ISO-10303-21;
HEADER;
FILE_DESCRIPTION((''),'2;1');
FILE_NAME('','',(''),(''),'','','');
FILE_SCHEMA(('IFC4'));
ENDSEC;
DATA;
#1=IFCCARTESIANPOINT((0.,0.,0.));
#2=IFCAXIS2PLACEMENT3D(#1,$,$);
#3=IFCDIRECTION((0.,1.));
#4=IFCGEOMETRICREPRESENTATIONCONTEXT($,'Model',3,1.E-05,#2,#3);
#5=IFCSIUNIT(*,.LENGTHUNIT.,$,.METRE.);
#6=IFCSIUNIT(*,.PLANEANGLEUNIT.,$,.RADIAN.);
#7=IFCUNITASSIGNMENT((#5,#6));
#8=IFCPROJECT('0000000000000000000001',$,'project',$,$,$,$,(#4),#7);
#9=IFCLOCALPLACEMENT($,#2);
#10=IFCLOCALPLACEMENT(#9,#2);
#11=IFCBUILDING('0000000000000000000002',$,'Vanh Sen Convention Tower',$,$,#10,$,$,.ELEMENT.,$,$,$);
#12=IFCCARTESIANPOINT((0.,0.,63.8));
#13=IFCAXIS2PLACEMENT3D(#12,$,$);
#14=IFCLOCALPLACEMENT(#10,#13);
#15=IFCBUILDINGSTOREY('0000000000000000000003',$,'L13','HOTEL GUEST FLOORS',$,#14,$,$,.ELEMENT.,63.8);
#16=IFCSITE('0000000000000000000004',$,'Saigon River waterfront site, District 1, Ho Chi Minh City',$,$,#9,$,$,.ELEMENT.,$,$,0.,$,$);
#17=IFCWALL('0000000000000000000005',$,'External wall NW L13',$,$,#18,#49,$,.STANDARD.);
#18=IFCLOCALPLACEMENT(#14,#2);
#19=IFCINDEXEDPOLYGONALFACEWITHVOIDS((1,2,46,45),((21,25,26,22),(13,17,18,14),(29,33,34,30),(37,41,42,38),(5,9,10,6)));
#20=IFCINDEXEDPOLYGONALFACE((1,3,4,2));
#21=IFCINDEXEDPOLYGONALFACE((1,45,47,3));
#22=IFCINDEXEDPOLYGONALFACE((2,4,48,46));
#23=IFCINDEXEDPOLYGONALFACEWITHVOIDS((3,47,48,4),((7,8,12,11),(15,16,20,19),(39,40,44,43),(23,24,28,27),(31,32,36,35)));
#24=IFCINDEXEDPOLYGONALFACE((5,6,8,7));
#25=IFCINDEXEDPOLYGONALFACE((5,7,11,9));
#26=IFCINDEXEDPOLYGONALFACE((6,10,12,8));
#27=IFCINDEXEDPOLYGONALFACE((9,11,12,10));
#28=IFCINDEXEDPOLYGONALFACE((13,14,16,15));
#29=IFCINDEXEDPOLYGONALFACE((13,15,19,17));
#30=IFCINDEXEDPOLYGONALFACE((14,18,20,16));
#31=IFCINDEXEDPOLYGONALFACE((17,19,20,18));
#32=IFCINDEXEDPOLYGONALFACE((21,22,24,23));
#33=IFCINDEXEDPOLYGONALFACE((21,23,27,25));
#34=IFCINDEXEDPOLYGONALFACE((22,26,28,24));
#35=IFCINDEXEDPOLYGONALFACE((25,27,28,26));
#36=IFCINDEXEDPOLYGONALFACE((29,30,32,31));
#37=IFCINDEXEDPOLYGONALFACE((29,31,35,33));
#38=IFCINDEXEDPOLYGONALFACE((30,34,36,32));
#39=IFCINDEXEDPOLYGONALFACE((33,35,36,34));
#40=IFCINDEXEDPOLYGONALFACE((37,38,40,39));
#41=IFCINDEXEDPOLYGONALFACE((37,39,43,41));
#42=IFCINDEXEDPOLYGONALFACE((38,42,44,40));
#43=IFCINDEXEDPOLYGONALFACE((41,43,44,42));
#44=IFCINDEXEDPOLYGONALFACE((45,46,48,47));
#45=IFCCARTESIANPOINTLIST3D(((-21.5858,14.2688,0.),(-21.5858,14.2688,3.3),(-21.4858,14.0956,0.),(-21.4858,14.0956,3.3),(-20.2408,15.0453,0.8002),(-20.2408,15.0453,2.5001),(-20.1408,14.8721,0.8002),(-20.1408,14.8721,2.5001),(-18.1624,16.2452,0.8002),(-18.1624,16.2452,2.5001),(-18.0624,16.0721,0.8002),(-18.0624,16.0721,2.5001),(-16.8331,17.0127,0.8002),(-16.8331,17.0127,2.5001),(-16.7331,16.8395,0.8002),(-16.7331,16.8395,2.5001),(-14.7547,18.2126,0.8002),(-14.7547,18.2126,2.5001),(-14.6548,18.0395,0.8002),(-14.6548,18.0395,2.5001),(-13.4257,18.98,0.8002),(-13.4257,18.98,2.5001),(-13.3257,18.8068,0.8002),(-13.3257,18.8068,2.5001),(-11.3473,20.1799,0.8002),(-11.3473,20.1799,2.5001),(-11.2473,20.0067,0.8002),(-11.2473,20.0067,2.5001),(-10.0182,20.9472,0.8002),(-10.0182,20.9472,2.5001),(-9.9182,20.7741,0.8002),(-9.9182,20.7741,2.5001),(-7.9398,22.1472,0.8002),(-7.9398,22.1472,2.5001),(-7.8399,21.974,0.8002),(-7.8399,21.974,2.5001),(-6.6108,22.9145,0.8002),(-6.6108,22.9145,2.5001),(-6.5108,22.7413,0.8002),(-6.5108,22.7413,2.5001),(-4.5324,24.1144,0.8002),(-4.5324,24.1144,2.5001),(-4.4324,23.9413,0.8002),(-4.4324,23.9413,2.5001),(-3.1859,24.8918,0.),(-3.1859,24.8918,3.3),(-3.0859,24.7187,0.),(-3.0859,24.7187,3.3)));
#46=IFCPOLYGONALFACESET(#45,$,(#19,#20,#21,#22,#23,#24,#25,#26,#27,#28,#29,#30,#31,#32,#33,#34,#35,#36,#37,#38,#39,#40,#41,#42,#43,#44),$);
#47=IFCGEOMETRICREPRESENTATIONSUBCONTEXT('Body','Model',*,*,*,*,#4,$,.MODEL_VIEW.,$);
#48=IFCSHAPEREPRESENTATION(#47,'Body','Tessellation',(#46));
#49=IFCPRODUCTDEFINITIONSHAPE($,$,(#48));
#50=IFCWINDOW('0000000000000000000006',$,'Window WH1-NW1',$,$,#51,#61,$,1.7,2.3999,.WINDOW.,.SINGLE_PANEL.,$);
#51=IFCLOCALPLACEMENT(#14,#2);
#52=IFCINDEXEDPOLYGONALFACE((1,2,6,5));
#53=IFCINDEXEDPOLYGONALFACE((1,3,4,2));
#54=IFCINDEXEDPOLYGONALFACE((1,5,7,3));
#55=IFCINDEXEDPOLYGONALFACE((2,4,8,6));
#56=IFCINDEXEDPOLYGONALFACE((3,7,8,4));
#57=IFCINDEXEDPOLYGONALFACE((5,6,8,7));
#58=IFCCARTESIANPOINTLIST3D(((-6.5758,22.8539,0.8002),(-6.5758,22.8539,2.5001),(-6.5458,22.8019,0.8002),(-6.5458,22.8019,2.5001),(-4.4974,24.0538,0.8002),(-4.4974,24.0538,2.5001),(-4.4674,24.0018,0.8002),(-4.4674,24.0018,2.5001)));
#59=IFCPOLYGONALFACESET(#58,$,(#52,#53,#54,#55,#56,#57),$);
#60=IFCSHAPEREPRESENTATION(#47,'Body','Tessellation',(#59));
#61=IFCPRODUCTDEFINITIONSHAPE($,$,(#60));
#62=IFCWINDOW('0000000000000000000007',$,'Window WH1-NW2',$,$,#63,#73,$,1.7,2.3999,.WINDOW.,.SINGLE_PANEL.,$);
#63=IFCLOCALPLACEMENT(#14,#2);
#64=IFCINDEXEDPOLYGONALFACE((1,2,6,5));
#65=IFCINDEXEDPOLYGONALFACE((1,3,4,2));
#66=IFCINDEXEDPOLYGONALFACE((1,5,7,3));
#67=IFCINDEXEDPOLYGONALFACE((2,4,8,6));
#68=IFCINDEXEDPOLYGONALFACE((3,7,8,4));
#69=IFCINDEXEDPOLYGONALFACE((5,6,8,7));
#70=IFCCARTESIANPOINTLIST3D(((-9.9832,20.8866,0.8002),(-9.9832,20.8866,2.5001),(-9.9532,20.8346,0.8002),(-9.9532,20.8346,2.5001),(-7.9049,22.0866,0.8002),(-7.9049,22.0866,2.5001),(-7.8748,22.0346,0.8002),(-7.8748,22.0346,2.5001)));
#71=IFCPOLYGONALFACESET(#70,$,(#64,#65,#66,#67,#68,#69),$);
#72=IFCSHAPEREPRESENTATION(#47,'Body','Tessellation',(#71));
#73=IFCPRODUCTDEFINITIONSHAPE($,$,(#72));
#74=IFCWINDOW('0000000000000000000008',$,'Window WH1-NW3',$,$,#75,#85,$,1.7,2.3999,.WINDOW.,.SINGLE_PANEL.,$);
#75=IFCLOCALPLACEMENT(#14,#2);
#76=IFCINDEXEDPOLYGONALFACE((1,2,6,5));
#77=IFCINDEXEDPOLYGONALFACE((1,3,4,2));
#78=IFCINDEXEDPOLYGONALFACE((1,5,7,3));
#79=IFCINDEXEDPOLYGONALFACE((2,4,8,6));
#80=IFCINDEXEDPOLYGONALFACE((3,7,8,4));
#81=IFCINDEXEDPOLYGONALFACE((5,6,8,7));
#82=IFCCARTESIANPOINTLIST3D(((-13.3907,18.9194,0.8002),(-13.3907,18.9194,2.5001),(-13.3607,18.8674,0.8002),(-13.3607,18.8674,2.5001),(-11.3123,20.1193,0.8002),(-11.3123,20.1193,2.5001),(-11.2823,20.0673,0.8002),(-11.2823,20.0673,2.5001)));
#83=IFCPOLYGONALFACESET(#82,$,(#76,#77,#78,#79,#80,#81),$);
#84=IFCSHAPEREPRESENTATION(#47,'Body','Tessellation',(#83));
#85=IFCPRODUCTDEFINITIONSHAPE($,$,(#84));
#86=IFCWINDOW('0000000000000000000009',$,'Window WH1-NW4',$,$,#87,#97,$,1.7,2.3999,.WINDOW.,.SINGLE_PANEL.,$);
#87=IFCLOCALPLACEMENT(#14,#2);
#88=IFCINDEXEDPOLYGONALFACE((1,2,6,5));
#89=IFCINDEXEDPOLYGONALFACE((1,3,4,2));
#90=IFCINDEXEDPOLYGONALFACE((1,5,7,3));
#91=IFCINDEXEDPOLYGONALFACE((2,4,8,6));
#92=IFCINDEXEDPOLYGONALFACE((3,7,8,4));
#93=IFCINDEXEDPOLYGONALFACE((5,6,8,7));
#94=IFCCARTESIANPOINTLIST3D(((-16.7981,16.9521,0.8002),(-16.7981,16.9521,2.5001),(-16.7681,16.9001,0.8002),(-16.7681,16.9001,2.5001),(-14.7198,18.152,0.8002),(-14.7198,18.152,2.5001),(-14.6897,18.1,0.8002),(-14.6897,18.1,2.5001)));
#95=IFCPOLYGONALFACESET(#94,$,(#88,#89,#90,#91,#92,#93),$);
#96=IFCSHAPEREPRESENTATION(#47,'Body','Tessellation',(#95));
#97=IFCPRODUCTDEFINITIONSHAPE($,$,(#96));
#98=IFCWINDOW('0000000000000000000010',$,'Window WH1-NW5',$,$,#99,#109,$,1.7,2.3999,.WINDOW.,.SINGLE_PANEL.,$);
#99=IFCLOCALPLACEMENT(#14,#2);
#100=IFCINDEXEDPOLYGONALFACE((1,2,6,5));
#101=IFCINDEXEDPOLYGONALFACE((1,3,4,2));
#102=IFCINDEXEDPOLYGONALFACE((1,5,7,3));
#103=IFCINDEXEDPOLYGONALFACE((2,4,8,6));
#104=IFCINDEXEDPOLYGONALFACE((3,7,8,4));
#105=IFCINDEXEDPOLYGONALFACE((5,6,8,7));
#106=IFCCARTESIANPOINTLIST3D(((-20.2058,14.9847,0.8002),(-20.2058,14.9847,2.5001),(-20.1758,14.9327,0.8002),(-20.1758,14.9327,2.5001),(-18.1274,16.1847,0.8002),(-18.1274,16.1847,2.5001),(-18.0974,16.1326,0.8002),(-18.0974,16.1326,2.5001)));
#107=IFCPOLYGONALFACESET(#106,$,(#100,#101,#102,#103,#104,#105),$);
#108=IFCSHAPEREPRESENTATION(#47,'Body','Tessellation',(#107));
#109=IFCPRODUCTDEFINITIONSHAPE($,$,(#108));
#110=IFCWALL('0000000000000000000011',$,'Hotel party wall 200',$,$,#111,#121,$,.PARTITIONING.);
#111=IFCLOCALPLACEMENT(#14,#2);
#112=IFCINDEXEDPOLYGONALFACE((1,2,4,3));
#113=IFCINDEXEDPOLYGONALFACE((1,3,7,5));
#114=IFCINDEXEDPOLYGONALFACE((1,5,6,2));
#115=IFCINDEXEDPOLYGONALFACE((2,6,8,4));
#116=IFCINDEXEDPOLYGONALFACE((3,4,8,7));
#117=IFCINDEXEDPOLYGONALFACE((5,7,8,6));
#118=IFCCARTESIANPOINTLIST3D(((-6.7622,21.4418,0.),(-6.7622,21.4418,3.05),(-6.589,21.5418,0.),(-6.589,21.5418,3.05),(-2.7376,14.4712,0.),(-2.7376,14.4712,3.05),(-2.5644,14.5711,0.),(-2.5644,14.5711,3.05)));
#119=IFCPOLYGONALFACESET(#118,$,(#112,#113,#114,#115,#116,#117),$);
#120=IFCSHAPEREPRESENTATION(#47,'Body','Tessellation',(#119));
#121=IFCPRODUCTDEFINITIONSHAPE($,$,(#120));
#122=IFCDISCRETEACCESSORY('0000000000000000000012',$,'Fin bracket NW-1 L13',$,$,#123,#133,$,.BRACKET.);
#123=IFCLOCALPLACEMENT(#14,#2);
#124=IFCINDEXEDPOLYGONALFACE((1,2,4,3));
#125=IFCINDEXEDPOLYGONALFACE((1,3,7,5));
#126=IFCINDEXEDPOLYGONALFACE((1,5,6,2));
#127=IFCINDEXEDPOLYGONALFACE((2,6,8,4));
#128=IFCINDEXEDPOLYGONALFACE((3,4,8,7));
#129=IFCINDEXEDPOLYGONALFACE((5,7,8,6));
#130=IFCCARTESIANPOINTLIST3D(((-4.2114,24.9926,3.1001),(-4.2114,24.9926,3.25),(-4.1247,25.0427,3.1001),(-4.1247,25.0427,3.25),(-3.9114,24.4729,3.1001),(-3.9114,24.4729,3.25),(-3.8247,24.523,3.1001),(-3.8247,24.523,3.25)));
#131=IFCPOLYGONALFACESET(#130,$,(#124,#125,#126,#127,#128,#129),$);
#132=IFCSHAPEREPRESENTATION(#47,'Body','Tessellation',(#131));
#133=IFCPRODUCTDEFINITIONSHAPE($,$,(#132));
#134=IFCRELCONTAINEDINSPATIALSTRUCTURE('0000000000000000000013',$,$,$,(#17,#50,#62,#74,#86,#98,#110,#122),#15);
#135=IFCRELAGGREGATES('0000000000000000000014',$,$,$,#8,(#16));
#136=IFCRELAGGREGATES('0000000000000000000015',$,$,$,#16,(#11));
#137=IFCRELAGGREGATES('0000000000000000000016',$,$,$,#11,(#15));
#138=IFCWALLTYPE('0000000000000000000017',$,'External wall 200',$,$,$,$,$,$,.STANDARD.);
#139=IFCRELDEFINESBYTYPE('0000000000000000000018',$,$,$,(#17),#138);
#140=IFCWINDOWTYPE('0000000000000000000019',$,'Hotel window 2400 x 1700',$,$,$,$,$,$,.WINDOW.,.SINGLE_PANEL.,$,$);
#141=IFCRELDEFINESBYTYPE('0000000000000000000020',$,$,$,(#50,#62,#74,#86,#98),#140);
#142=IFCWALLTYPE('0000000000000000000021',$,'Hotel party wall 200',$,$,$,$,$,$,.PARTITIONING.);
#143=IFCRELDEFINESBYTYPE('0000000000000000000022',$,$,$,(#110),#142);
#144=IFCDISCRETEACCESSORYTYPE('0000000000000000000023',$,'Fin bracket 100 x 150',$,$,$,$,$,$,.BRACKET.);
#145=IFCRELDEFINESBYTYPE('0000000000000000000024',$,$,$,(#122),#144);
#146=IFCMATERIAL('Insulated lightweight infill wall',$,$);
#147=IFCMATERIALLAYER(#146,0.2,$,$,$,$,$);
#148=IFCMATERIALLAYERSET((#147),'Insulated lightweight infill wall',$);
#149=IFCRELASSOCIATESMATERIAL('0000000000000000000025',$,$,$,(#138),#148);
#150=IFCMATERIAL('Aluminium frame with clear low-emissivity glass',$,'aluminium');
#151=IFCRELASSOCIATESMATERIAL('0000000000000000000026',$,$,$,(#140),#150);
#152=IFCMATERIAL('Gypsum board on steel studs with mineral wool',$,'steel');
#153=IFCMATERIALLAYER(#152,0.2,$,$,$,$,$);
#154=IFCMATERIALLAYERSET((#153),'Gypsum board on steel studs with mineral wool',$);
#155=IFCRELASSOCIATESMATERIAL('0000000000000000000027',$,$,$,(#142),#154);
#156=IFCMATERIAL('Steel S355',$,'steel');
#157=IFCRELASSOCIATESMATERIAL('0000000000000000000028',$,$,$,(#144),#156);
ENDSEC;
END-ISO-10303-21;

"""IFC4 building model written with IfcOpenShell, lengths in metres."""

from ifc_helpers import new_model, si_unit, direction, frame, frame_2d, origin, origin_2d, place, context, subcontext, project, spatial, rectangle, extrude, material, layer, layer_set, type_object, element, fill, save


model = new_model("IFC4")

# Units and contexts
model_context = context("Model", 3, precision=1e-05, world=origin(), true_north=direction((0.0, 1.0)))
body_context = subcontext(model_context, "Body", "Model", "MODEL_VIEW")
ifc_project = project(units=[si_unit("LENGTHUNIT", "METRE"), si_unit("PLANEANGLEUNIT", "RADIAN")], contexts=[model_context])

# Site, building, storey
site_placement = place(None, origin())
site = spatial("IfcSite", under=ifc_project, at=site_placement, Name="Saigon River waterfront site, District 1, Ho Chi Minh City", CompositionType="ELEMENT", RefElevation=0.0)
building_placement = place(site_placement, origin())
building = spatial("IfcBuilding", under=site, at=building_placement, Name="Vanh Sen Convention Tower", CompositionType="ELEMENT")
storey_placement = place(building_placement, frame((0.0, 0.0, 63.8)))
storey = spatial("IfcBuildingStorey", under=building, at=storey_placement, Name="L13", Description="HOTEL GUEST FLOORS", CompositionType="ELEMENT", Elevation=63.8)

# Shared definitions
ifc_material_1 = material(Name="Gypsum board on steel studs with mineral wool", Category="steel")

# Wall, openings, windows
ifc_material_2 = material(Name="Insulated lightweight infill wall")
ifc_layer_1 = layer(ifc_material_2, 0.2)
ifc_layer_set_1 = layer_set([ifc_layer_1], Name="Insulated lightweight infill wall")
wall_type_1 = type_object("IfcWallType", Name="External wall 200", PredefinedType="STANDARD", material=ifc_layer_set_1)
wall_1_placement = place(storey_placement, frame((-3.136, 24.8052, 0.0), z_axis=(0.0, 0.0, 1.0), x_axis=(-0.866028, -0.499995, 0.0)))
wall_1 = element("IfcWall", 1, at=wall_1_placement, inside=storey, type_object=wall_type_1, Name="External wall NW L13", PredefinedType="STANDARD", context=body_context, shape_type="SweptSolid", body=[
    extrude(rectangle(XDim=21.2463, YDim=0.2, at=frame_2d((10.623, 0.0))), origin(), (0.0, 0.0, 1.0), 3.3),
])
opening_1_placement = place(wall_1_placement, frame((1.5547, 0.0, 0.8)))
opening_1 = element("IfcOpeningElement", 2, at=opening_1_placement, cuts=wall_1, PredefinedType="OPENING", context=body_context, shape_type="SweptSolid", body=[
    extrude(rectangle(XDim=2.3999, YDim=1.7, at=frame_2d((1.2, 0.8501))), frame((0.0, 0.1099, 0.0), z_axis=(0.0, -1.0, 0.0), x_axis=(1.0, 0.0, 0.0)), (0.0, 0.0, 1.0), 0.22),
])
opening_2_placement = place(wall_1_placement, frame((5.4893, 0.0, 0.8)))
opening_2 = element("IfcOpeningElement", 3, at=opening_2_placement, cuts=wall_1, PredefinedType="OPENING", context=body_context, shape_type="SweptSolid", body=[
    extrude(rectangle(XDim=2.3999, YDim=1.7, at=frame_2d((1.2, 0.8501))), frame((0.0, 0.1099, 0.0), z_axis=(0.0, -1.0, 0.0), x_axis=(1.0, 0.0, 0.0)), (0.0, 0.0, 1.0), 0.22),
])
opening_3_placement = place(wall_1_placement, frame((9.4238, 0.0, 0.8)))
opening_3 = element("IfcOpeningElement", 4, at=opening_3_placement, cuts=wall_1, PredefinedType="OPENING", context=body_context, shape_type="SweptSolid", body=[
    extrude(rectangle(XDim=2.3999, YDim=1.7, at=frame_2d((1.2, 0.8501))), frame((0.0, 0.1099, 0.0), z_axis=(0.0, -1.0, 0.0), x_axis=(1.0, 0.0, 0.0)), (0.0, 0.0, 1.0), 0.22),
])
opening_4_placement = place(wall_1_placement, frame((13.3584, 0.0, 0.8)))
opening_4 = element("IfcOpeningElement", 5, at=opening_4_placement, cuts=wall_1, PredefinedType="OPENING", context=body_context, shape_type="SweptSolid", body=[
    extrude(rectangle(XDim=2.3999, YDim=1.7, at=frame_2d((1.2, 0.8501))), frame((0.0, 0.1099, 0.0), z_axis=(0.0, -1.0, 0.0), x_axis=(1.0, 0.0, 0.0)), (0.0, 0.0, 1.0), 0.22),
])
opening_5_placement = place(wall_1_placement, frame((17.2932, 0.0, 0.8)))
opening_5 = element("IfcOpeningElement", 6, at=opening_5_placement, cuts=wall_1, PredefinedType="OPENING", context=body_context, shape_type="SweptSolid", body=[
    extrude(rectangle(XDim=2.3999, YDim=1.7, at=frame_2d((1.2, 0.8501))), frame((0.0, 0.1099, 0.0), z_axis=(0.0, -1.0, 0.0), x_axis=(1.0, 0.0, 0.0)), (0.0, 0.0, 1.0), 0.22),
])
ifc_material_3 = material(Name="Aluminium frame with clear low-emissivity glass", Category="aluminium")
window_type = type_object("IfcWindowType", Name="Hotel window 2400 x 1700", PartitioningType="SINGLE_PANEL", PredefinedType="WINDOW", material=ifc_material_3)
window_1_placement = place(opening_1_placement, origin())
window_1 = element("IfcWindow", 7, at=window_1_placement, inside=storey, type_object=window_type, Name="Window WH1-NW1", OverallHeight=1.7, OverallWidth=2.3999, PartitioningType="SINGLE_PANEL", PredefinedType="WINDOW", context=body_context, shape_type="SweptSolid", body=[
    extrude(rectangle(XDim=2.3999, YDim=1.7, at=frame_2d((1.2, 0.8501))), frame((0.0, 0.03, 0.0), z_axis=(0.0, -1.0, 0.0), x_axis=(1.0, 0.0, 0.0)), (0.0, 0.0, 1.0), 0.0601),
])
fill(opening_1, window_1)
window_2_placement = place(opening_2_placement, origin())
window_2 = element("IfcWindow", 8, at=window_2_placement, inside=storey, type_object=window_type, Name="Window WH1-NW2", OverallHeight=1.7, OverallWidth=2.3999, PartitioningType="SINGLE_PANEL", PredefinedType="WINDOW", context=body_context, shape_type="SweptSolid", body=[
    extrude(rectangle(XDim=2.3999, YDim=1.7, at=frame_2d((1.2, 0.8501))), frame((0.0, 0.03, 0.0), z_axis=(0.0, -1.0, 0.0), x_axis=(1.0, 0.0, 0.0)), (0.0, 0.0, 1.0), 0.0601),
])
fill(opening_2, window_2)
window_3_placement = place(opening_3_placement, origin())
window_3 = element("IfcWindow", 9, at=window_3_placement, inside=storey, type_object=window_type, Name="Window WH1-NW3", OverallHeight=1.7, OverallWidth=2.3999, PartitioningType="SINGLE_PANEL", PredefinedType="WINDOW", context=body_context, shape_type="SweptSolid", body=[
    extrude(rectangle(XDim=2.3999, YDim=1.7, at=frame_2d((1.2, 0.8501))), frame((0.0, 0.03, 0.0), z_axis=(0.0, -1.0, 0.0), x_axis=(1.0, 0.0, 0.0)), (0.0, 0.0, 1.0), 0.0601),
])
fill(opening_3, window_3)
window_4_placement = place(opening_4_placement, origin())
window_4 = element("IfcWindow", 10, at=window_4_placement, inside=storey, type_object=window_type, Name="Window WH1-NW4", OverallHeight=1.7, OverallWidth=2.3999, PartitioningType="SINGLE_PANEL", PredefinedType="WINDOW", context=body_context, shape_type="SweptSolid", body=[
    extrude(rectangle(XDim=2.3999, YDim=1.7, at=frame_2d((1.2, 0.8501))), frame((0.0, 0.03, 0.0), z_axis=(0.0, -1.0, 0.0), x_axis=(1.0, 0.0, 0.0)), (0.0, 0.0, 1.0), 0.0601),
])
fill(opening_4, window_4)
window_5_placement = place(opening_5_placement, origin())
window_5 = element("IfcWindow", 11, at=window_5_placement, inside=storey, type_object=window_type, Name="Window WH1-NW5", OverallHeight=1.7, OverallWidth=2.3999, PartitioningType="SINGLE_PANEL", PredefinedType="WINDOW", context=body_context, shape_type="SweptSolid", body=[
    extrude(rectangle(XDim=2.3999, YDim=1.7, at=frame_2d((1.2, 0.8501))), frame((0.0, 0.03, 0.0), z_axis=(0.0, -1.0, 0.0), x_axis=(1.0, 0.0, 0.0)), (0.0, 0.0, 1.0), 0.0601),
])
fill(opening_5, window_5)

# Wall
ifc_layer_2 = layer(ifc_material_1, 0.2)
ifc_layer_set_2 = layer_set([ifc_layer_2], Name="Gypsum board on steel studs with mineral wool")
wall_type_2 = type_object("IfcWallType", Name="Hotel party wall 200", PredefinedType="PARTITIONING", material=ifc_layer_set_2)
wall_2_placement = place(storey_placement, frame((-6.6755, 21.4917, 0.0), z_axis=(0.0, 0.0, 1.0), x_axis=(0.500011, -0.866019, 0.0)))
element("IfcWall", 12, at=wall_2_placement, inside=storey, type_object=wall_type_2, Name="Hotel party wall 200", PredefinedType="PARTITIONING", context=body_context, shape_type="SweptSolid", body=[
    extrude(rectangle(XDim=8.0491, YDim=0.2, at=frame_2d((4.0244, 0.0))), origin(), (0.0, 0.0, 1.0), 3.05),
])

# Discrete accessory
ifc_material_4 = material(Name="Steel S355", Category="steel")
discrete_accessory_type = type_object("IfcDiscreteAccessoryType", Name="Fin bracket 100 x 150", PredefinedType="BRACKET", material=ifc_material_4)
discrete_accessory_placement = place(storey_placement, frame((-4.0181, 24.7578, 3.1001), z_axis=(0.0, 0.0, 1.0), x_axis=(-0.5, 0.866025, 0.0)))
element("IfcDiscreteAccessory", 13, at=discrete_accessory_placement, inside=storey, type_object=discrete_accessory_type, Name="Fin bracket NW-1 L13", PredefinedType="BRACKET", context=body_context, shape_type="SweptSolid", body=[
    extrude(rectangle(XDim=0.6001, YDim=0.1001, at=origin_2d()), origin(), (0.0, 0.0, 1.0), 0.1499),
])

save(model, "model.ifc")
